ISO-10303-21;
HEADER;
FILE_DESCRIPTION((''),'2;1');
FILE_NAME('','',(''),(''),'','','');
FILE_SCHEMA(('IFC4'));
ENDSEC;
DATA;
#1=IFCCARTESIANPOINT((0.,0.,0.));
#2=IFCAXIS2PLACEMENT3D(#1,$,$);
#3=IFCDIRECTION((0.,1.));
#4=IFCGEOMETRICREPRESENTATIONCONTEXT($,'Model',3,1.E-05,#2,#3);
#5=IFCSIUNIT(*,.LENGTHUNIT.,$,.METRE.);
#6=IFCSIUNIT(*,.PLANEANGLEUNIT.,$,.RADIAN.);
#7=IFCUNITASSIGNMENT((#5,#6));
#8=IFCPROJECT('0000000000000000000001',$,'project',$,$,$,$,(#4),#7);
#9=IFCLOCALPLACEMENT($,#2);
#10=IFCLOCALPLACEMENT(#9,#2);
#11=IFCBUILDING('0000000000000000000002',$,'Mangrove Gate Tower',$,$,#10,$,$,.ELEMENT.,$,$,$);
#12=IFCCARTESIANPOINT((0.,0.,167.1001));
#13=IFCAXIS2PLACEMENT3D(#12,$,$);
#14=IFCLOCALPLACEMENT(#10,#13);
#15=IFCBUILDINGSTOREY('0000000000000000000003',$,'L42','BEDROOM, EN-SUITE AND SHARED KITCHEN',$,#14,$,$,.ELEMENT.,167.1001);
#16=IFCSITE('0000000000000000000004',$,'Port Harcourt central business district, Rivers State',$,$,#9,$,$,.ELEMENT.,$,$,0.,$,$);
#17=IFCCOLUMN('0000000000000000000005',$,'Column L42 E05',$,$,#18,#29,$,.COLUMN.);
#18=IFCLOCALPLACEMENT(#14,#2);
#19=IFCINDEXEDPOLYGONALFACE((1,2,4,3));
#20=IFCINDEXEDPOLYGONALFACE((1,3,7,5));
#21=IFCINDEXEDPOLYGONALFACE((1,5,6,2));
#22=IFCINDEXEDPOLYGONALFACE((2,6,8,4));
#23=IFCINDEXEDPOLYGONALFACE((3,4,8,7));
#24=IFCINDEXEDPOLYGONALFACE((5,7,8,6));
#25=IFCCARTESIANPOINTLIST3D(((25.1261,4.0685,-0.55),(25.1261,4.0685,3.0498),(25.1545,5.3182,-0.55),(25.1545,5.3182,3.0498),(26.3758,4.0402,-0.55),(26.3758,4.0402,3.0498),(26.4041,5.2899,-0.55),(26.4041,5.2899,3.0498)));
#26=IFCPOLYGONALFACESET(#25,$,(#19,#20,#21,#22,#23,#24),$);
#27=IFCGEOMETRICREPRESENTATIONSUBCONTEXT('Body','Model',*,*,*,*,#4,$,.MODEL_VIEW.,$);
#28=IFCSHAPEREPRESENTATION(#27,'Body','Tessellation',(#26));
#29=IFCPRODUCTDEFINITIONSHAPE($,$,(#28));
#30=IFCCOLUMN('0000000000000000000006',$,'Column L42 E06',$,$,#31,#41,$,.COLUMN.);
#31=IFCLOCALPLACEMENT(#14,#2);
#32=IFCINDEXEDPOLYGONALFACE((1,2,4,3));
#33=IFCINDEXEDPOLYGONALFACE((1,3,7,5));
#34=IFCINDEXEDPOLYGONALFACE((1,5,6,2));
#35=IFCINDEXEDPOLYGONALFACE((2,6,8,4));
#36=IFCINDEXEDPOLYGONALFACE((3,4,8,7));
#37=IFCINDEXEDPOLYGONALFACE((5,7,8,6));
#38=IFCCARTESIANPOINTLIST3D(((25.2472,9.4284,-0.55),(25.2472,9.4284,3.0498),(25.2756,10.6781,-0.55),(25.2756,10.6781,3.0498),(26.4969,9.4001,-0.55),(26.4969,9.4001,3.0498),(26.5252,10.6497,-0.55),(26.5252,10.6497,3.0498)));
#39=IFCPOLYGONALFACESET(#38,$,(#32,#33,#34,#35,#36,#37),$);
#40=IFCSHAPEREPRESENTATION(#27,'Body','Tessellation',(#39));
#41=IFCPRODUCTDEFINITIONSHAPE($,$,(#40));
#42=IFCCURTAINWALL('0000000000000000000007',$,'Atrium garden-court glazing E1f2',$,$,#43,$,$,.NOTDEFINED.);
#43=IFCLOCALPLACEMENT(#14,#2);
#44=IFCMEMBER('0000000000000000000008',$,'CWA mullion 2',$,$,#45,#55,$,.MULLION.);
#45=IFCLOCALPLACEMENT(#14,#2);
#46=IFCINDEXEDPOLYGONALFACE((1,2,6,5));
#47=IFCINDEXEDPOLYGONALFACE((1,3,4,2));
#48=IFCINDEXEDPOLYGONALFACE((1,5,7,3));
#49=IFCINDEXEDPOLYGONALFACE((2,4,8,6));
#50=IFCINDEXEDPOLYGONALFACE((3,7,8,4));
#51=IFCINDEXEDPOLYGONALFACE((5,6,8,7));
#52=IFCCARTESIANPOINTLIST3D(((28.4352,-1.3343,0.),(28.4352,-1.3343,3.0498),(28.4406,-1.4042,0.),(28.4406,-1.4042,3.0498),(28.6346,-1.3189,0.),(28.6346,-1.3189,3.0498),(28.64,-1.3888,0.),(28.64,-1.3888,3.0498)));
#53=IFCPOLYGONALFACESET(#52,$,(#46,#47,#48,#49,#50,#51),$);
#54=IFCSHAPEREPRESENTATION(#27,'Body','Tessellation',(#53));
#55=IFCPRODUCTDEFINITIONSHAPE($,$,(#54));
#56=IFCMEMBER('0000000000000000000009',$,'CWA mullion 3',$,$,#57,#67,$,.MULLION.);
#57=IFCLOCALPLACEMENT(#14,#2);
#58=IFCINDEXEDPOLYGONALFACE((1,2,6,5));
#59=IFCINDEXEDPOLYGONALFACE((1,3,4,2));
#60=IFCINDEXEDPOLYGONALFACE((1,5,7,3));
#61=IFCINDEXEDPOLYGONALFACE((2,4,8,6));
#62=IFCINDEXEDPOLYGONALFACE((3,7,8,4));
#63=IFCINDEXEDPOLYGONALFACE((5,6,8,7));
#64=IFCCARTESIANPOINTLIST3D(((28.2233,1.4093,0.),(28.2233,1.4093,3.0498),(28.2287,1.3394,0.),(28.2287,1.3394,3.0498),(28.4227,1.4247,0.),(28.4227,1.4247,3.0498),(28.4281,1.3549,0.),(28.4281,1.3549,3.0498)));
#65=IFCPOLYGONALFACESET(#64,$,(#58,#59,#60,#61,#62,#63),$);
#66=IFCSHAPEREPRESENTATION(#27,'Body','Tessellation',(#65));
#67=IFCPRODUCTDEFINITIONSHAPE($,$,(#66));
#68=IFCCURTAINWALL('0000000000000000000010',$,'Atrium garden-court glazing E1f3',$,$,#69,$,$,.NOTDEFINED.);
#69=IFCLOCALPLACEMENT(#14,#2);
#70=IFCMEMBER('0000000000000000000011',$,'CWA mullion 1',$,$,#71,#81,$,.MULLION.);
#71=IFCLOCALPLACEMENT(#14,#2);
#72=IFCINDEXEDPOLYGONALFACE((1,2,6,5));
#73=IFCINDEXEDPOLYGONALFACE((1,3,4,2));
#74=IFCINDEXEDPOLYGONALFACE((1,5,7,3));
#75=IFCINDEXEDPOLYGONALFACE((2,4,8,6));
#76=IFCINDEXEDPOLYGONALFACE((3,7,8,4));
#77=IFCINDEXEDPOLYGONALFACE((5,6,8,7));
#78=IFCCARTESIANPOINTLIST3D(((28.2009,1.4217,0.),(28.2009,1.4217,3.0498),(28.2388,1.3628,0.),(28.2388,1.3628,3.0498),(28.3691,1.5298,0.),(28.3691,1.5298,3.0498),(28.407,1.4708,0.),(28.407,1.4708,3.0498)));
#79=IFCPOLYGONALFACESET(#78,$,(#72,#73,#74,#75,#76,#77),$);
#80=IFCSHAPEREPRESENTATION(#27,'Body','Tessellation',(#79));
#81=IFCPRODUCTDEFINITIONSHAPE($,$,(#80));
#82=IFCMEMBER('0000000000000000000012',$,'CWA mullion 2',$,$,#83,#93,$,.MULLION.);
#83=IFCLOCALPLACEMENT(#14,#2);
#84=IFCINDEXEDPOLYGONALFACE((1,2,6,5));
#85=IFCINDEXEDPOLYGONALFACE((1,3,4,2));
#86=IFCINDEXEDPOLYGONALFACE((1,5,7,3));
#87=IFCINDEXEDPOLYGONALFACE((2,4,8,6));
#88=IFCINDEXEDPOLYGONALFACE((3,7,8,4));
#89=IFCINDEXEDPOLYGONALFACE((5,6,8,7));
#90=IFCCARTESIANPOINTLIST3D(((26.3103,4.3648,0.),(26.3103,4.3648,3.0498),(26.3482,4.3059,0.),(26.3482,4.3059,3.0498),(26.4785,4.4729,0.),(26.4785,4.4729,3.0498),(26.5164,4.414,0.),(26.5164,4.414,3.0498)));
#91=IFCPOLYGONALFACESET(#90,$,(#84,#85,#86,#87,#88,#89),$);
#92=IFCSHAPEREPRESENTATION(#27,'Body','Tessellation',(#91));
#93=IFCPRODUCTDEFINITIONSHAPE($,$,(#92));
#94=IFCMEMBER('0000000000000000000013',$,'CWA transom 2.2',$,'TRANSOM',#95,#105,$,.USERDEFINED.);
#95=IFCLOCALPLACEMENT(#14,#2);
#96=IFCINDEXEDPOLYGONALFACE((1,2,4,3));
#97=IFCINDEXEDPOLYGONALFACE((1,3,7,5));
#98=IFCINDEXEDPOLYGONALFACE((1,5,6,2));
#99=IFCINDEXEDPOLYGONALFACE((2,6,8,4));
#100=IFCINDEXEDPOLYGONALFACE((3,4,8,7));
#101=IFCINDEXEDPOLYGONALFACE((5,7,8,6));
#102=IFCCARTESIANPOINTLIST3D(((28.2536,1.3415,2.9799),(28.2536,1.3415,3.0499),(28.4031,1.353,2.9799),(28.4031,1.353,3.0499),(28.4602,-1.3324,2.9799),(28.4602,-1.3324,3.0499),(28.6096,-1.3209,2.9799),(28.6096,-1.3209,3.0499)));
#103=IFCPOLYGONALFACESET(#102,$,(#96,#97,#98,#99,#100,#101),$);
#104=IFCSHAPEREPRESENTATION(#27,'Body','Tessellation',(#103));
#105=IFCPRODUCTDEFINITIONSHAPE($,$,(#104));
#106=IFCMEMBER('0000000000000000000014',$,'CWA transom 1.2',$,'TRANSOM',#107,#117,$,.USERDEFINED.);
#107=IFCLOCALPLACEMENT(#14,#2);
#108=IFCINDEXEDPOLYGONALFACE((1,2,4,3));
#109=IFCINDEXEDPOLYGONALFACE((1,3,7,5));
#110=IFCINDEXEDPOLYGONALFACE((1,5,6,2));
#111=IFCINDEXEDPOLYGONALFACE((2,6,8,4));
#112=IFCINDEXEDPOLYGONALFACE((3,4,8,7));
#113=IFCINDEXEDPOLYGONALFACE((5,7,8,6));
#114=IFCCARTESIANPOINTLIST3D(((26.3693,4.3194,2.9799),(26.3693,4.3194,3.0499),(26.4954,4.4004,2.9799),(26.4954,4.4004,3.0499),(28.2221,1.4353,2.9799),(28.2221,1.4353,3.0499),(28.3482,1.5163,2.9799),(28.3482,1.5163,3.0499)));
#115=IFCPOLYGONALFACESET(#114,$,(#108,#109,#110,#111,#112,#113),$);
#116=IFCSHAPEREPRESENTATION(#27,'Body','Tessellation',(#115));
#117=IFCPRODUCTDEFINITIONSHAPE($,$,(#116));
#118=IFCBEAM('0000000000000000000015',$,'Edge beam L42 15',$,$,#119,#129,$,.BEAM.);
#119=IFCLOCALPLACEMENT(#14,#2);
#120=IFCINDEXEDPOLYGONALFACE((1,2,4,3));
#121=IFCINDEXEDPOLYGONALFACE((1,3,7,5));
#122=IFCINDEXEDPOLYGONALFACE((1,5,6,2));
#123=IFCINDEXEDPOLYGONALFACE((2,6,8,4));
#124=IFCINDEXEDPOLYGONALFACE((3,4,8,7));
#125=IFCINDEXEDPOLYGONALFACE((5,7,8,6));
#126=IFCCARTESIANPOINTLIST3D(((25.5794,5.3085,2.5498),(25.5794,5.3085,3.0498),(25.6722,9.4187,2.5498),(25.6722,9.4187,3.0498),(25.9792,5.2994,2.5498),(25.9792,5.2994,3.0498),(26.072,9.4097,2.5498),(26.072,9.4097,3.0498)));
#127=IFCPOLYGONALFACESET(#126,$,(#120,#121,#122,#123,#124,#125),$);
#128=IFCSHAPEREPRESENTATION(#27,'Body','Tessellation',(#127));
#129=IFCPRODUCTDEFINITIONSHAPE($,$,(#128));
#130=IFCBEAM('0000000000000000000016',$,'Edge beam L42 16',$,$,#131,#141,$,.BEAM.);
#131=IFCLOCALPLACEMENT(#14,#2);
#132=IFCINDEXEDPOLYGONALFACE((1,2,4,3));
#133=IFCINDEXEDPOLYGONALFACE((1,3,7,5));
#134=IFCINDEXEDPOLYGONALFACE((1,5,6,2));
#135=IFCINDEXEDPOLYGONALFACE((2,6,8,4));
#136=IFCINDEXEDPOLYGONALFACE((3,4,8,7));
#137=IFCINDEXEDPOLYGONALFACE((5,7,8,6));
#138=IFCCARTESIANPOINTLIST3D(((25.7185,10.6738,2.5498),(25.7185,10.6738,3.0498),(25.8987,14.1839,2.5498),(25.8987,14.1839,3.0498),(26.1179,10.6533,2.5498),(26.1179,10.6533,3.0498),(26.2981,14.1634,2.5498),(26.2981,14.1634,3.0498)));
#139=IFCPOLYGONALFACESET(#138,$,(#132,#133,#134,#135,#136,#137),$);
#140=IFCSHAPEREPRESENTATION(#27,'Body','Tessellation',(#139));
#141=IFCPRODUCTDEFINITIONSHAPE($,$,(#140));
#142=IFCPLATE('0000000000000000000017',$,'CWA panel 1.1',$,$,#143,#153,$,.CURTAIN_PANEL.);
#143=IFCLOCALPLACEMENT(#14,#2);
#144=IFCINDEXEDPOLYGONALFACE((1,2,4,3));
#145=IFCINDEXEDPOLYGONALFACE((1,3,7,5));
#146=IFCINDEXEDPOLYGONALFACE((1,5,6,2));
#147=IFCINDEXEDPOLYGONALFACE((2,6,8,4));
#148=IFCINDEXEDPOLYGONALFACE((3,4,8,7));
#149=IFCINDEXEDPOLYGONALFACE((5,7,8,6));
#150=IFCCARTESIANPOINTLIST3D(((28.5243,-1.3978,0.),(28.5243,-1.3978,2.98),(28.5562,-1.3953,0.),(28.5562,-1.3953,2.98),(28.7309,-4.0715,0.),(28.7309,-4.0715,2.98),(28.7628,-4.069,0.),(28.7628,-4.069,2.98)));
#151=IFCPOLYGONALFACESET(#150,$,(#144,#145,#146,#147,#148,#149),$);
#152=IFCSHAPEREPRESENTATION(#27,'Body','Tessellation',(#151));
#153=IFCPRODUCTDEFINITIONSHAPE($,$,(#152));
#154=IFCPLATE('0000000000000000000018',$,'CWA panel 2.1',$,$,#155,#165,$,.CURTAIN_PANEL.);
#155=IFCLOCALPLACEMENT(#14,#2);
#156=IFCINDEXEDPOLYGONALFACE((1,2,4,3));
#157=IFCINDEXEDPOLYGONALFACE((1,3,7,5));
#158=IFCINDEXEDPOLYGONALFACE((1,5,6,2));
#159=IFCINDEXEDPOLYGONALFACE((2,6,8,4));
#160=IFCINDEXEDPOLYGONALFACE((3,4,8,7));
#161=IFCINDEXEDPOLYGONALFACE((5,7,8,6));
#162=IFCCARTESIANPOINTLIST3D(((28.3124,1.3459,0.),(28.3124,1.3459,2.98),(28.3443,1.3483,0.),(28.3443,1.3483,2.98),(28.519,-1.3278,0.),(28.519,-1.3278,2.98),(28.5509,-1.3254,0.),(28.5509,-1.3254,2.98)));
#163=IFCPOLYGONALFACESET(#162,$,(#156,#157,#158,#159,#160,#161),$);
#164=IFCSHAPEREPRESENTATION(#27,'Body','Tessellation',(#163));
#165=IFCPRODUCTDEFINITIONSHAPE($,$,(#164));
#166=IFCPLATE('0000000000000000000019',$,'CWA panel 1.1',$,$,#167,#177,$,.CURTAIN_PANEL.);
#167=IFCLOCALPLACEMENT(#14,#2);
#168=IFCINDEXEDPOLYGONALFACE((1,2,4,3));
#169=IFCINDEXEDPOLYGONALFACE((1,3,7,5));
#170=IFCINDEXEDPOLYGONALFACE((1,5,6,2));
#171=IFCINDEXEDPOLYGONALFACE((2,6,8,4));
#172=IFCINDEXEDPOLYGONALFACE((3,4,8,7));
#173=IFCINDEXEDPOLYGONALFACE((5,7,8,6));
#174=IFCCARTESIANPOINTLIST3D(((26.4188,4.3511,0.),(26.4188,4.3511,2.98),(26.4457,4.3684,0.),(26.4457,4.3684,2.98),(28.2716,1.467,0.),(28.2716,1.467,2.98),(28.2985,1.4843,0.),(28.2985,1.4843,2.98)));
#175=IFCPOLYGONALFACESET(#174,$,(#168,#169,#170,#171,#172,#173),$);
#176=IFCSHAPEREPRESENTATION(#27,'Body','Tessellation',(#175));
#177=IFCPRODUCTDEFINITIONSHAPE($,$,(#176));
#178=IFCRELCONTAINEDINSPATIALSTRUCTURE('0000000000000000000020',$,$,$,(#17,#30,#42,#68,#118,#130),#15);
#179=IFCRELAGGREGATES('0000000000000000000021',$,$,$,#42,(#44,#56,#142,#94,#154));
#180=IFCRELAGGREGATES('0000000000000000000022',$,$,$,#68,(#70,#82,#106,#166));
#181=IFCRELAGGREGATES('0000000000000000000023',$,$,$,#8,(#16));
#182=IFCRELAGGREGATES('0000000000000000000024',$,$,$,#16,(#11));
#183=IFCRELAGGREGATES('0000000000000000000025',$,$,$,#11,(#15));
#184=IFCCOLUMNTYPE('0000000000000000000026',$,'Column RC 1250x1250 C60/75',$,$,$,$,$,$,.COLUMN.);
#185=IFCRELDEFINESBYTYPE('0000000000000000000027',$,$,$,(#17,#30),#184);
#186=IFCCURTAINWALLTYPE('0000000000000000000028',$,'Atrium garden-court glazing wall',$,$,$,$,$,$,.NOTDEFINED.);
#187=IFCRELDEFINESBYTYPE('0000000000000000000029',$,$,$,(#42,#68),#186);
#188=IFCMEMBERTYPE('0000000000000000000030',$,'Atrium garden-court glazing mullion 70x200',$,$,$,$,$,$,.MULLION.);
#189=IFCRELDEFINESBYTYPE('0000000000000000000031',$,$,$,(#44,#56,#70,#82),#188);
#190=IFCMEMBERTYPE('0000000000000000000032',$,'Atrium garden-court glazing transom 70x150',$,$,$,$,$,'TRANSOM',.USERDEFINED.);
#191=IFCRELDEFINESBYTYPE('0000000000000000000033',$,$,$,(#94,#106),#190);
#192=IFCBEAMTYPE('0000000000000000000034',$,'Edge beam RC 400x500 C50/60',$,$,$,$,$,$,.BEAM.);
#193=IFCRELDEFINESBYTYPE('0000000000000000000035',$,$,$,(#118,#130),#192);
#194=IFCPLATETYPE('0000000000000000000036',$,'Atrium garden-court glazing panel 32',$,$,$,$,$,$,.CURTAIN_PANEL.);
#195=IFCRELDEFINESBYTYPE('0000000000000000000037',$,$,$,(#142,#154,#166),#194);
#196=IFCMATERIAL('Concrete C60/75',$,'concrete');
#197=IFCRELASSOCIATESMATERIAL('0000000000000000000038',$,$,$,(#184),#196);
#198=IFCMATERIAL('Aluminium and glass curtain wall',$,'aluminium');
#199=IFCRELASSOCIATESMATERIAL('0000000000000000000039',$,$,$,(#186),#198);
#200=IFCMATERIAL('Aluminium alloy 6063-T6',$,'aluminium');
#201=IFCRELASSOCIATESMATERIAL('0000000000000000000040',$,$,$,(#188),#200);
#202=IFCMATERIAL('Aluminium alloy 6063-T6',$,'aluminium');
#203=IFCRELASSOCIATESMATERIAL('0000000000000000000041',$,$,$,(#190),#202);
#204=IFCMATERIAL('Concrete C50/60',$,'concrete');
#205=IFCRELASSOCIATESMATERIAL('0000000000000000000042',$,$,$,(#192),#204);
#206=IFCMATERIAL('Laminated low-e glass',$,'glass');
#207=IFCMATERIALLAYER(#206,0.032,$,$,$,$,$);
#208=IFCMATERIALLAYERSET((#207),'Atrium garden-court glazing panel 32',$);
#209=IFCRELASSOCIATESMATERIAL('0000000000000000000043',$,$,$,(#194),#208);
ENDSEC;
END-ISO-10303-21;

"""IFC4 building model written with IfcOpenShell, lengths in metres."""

from ifc_helpers import new_model, si_unit, direction, frame, origin, origin_2d, place, context, subcontext, project, spatial, rectangle, extrude, material, layer, layer_set, material_profile, profile_set, type_object, element, aggregate, save


model = new_model("IFC4")

# Units and contexts
model_context = context("Model", 3, precision=1e-05, world=origin(), true_north=direction((0.0, 1.0)))
body_context = subcontext(model_context, "Body", "Model", "MODEL_VIEW")
ifc_project = project(units=[si_unit("LENGTHUNIT", "METRE"), si_unit("PLANEANGLEUNIT", "RADIAN")], contexts=[model_context])

# Site, building, storey
site_placement = place(None, origin())
site = spatial("IfcSite", under=ifc_project, at=site_placement, Name="Port Harcourt central business district, Rivers State", CompositionType="ELEMENT", RefElevation=0.0)
building_placement = place(site_placement, origin())
building = spatial("IfcBuilding", under=site, at=building_placement, Name="Mangrove Gate Tower", CompositionType="ELEMENT")
storey_placement = place(building_placement, frame((0.0, 0.0, 167.1001)))
storey = spatial("IfcBuildingStorey", under=building, at=storey_placement, Name="L42", Description="BEDROOM, EN-SUITE AND SHARED KITCHEN", CompositionType="ELEMENT", Elevation=167.1001)

# Columns
ifc_material_1 = material(Name="Concrete C60/75", Category="concrete")
ifc_material_profile_1 = material_profile(ifc_material_1, rectangle(XDim=1.25, YDim=1.25, at=origin_2d()))
ifc_profile_set_1 = profile_set([ifc_material_profile_1], Name="Concrete C60/75")
column_type = type_object("IfcColumnType", Name="Column RC 1250x1250 C60/75", PredefinedType="COLUMN", material=ifc_profile_set_1)
for number, where, z_axis, x_axis, name in (
    (1, (25.7651, 4.6792, -0.55), (0.0, 0.0, 1.0), (0.022655, 0.999743, 0.0), "Column L42 E05"),
    (2, (25.8862, 10.0391, -0.55), (0.0, 0.0, 1.0), (0.02266, 0.999743, 0.0), "Column L42 E06"),
):
    element("IfcColumn", number, at=place(storey_placement, frame(where, z_axis=z_axis, x_axis=x_axis)), inside=storey, type_object=column_type, Name=name, PredefinedType="COLUMN", context=body_context, shape_type="SweptSolid", body=[
        extrude(rectangle(XDim=1.25, YDim=1.25, at=origin_2d()), origin(), (0.0, 0.0, 1.0), 3.5999),
    ])

# Curtain walls, members
ifc_material_2 = material(Name="Aluminium and glass curtain wall", Category="aluminium")
curtain_wall_type = type_object("IfcCurtainWallType", Name="Atrium garden-court glazing wall", PredefinedType="NOTDEFINED", material=ifc_material_2)
curtain_wall_1_placement = place(storey_placement, origin())
curtain_wall_1 = element("IfcCurtainWall", 3, at=curtain_wall_1_placement, inside=storey, type_object=curtain_wall_type, Name="Atrium garden-court glazing E1f2", PredefinedType="NOTDEFINED")
ifc_material_3 = material(Name="Aluminium alloy 6063-T6", Category="aluminium")
ifc_material_profile_2 = material_profile(ifc_material_3, rectangle(XDim=0.0701, YDim=0.2, at=origin_2d()))
ifc_profile_set_2 = profile_set([ifc_material_profile_2], Name="Aluminium alloy 6063-T6")
member_type_1 = type_object("IfcMemberType", Name="Atrium garden-court glazing mullion 70x200", PredefinedType="MULLION", material=ifc_profile_set_2)
member_1_placement = place(storey_placement, frame((28.5376, -1.3616, 0.0), z_axis=(0.0, 0.0, 1.0), x_axis=(-0.077023, 0.997029, 0.0)))
member_1 = element("IfcMember", 4, at=member_1_placement, type_object=member_type_1, Name="CWA mullion 2", PredefinedType="MULLION", context=body_context, shape_type="SweptSolid", body=[
    extrude(rectangle(XDim=0.0701, YDim=0.2, at=origin_2d()), origin(), (0.0, 0.0, 1.0), 3.0498),
])
member_2_placement = place(storey_placement, frame((28.3257, 1.3821, 0.0), z_axis=(0.0, 0.0, 1.0), x_axis=(-0.077023, 0.997029, 0.0)))
member_2 = element("IfcMember", 5, at=member_2_placement, type_object=member_type_1, Name="CWA mullion 3", PredefinedType="MULLION", context=body_context, shape_type="SweptSolid", body=[
    extrude(rectangle(XDim=0.0701, YDim=0.2, at=origin_2d()), origin(), (0.0, 0.0, 1.0), 3.0498),
])
curtain_wall_2_placement = place(storey_placement, origin())
curtain_wall_2 = element("IfcCurtainWall", 6, at=curtain_wall_2_placement, inside=storey, type_object=curtain_wall_type, Name="Atrium garden-court glazing E1f3", PredefinedType="NOTDEFINED")
member_3_placement = place(storey_placement, frame((28.304, 1.4463, 0.0), z_axis=(0.0, 0.0, 1.0), x_axis=(-0.540496, 0.841346, 0.0)))
member_3 = element("IfcMember", 7, at=member_3_placement, type_object=member_type_1, Name="CWA mullion 1", PredefinedType="MULLION", context=body_context, shape_type="SweptSolid", body=[
    extrude(rectangle(XDim=0.0701, YDim=0.2, at=origin_2d()), origin(), (0.0, 0.0, 1.0), 3.0498),
])
member_4_placement = place(storey_placement, frame((26.4133, 4.3894, 0.0), z_axis=(0.0, 0.0, 1.0), x_axis=(-0.540496, 0.841346, 0.0)))
member_4 = element("IfcMember", 8, at=member_4_placement, type_object=member_type_1, Name="CWA mullion 2", PredefinedType="MULLION", context=body_context, shape_type="SweptSolid", body=[
    extrude(rectangle(XDim=0.0701, YDim=0.2, at=origin_2d()), origin(), (0.0, 0.0, 1.0), 3.0498),
])

# Members
ifc_material_4 = material(Name="Aluminium alloy 6063-T6", Category="aluminium")
ifc_material_profile_3 = material_profile(ifc_material_4, rectangle(XDim=0.0701, YDim=0.1499, at=origin_2d()))
ifc_profile_set_3 = profile_set([ifc_material_profile_3], Name="Aluminium alloy 6063-T6")
member_type_2 = type_object("IfcMemberType", Name="Atrium garden-court glazing transom 70x150", ElementType="TRANSOM", PredefinedType="USERDEFINED", material=ifc_profile_set_3)
member_5_placement = place(storey_placement, frame((28.5349, -1.3267, 3.0149), z_axis=(-0.077017, 0.99703, 0.0), x_axis=(0.0, 0.0, 1.0)))
member_5 = element("IfcMember", 9, at=member_5_placement, type_object=member_type_2, Name="CWA transom 2.2", ObjectType="TRANSOM", PredefinedType="USERDEFINED", context=body_context, shape_type="SweptSolid", body=[
    extrude(rectangle(XDim=0.0701, YDim=0.1499, at=origin_2d()), origin(), (0.0, 0.0, 1.0), 2.6819),
])
member_6_placement = place(storey_placement, frame((28.2852, 1.4758, 3.0149), z_axis=(-0.540502, 0.841343, 0.0), x_axis=(0.0, 0.0, 1.0)))
member_6 = element("IfcMember", 10, at=member_6_placement, type_object=member_type_2, Name="CWA transom 1.2", ObjectType="TRANSOM", PredefinedType="USERDEFINED", context=body_context, shape_type="SweptSolid", body=[
    extrude(rectangle(XDim=0.0701, YDim=0.1499, at=origin_2d()), origin(), (0.0, 0.0, 1.0), 3.428),
])

# Beams
ifc_material_5 = material(Name="Concrete C50/60", Category="concrete")
ifc_material_profile_4 = material_profile(ifc_material_5, rectangle(XDim=0.3999, YDim=0.5, at=origin_2d()))
ifc_profile_set_4 = profile_set([ifc_material_profile_4], Name="Concrete C50/60")
beam_type = type_object("IfcBeamType", Name="Edge beam RC 400x500 C50/60", PredefinedType="BEAM", material=ifc_profile_set_4)
beam_1_placement = place(storey_placement, frame((25.7793, 5.304, 2.7998), z_axis=(0.022565, 0.999745, 0.0), x_axis=(-0.999745, 0.022565, 0.0)))
element("IfcBeam", 11, at=beam_1_placement, inside=storey, type_object=beam_type, Name="Edge beam L42 15", PredefinedType="BEAM", context=body_context, shape_type="SweptSolid", body=[
    extrude(rectangle(XDim=0.3999, YDim=0.5, at=origin_2d()), origin(), (0.0, 0.0, 1.0), 4.1113),
])
beam_2_placement = place(storey_placement, frame((25.9182, 10.6636, 2.7998), z_axis=(0.051264, 0.998685, 0.0), x_axis=(-0.998685, 0.051264, 0.0)))
element("IfcBeam", 12, at=beam_2_placement, inside=storey, type_object=beam_type, Name="Edge beam L42 16", PredefinedType="BEAM", context=body_context, shape_type="SweptSolid", body=[
    extrude(rectangle(XDim=0.3999, YDim=0.5, at=origin_2d()), origin(), (0.0, 0.0, 1.0), 3.5146),
])

# Plates
ifc_material_6 = material(Name="Laminated low-e glass", Category="glass")
ifc_layer_1 = layer(ifc_material_6, 0.032)
ifc_layer_set_1 = layer_set([ifc_layer_1], Name="Atrium garden-court glazing panel 32")
plate_type = type_object("IfcPlateType", Name="Atrium garden-court glazing panel 32", PredefinedType="CURTAIN_PANEL", material=ifc_layer_set_1)
plate_1_placement = place(storey_placement, frame((28.6436, -2.7334, 0.0), z_axis=(0.0, 0.0, 1.0), x_axis=(-0.077023, 0.997029, 0.0)))
plate_1 = element("IfcPlate", 13, at=plate_1_placement, type_object=plate_type, Name="CWA panel 1.1", PredefinedType="CURTAIN_PANEL", context=body_context, shape_type="SweptSolid", body=[
    extrude(rectangle(XDim=2.6816, YDim=0.032, at=origin_2d()), origin(), (0.0, 0.0, 1.0), 2.98),
])
plate_2_placement = place(storey_placement, frame((28.4316, 0.0103, 0.0), z_axis=(0.0, 0.0, 1.0), x_axis=(-0.077023, 0.997029, 0.0)))
plate_2 = element("IfcPlate", 14, at=plate_2_placement, type_object=plate_type, Name="CWA panel 2.1", PredefinedType="CURTAIN_PANEL", context=body_context, shape_type="SweptSolid", body=[
    extrude(rectangle(XDim=2.6816, YDim=0.032, at=origin_2d()), origin(), (0.0, 0.0, 1.0), 2.98),
])
aggregate(curtain_wall_1, [member_1, member_2, plate_1, member_5, plate_2])
plate_3_placement = place(storey_placement, frame((27.3586, 2.9177, 0.0), z_axis=(0.0, 0.0, 1.0), x_axis=(-0.540496, 0.841346, 0.0)))
plate_3 = element("IfcPlate", 15, at=plate_3_placement, type_object=plate_type, Name="CWA panel 1.1", PredefinedType="CURTAIN_PANEL", context=body_context, shape_type="SweptSolid", body=[
    extrude(rectangle(XDim=3.428, YDim=0.032, at=origin_2d()), origin(), (0.0, 0.0, 1.0), 2.98),
])
aggregate(curtain_wall_2, [member_3, member_4, member_6, plate_3])

save(model, "model.ifc")
